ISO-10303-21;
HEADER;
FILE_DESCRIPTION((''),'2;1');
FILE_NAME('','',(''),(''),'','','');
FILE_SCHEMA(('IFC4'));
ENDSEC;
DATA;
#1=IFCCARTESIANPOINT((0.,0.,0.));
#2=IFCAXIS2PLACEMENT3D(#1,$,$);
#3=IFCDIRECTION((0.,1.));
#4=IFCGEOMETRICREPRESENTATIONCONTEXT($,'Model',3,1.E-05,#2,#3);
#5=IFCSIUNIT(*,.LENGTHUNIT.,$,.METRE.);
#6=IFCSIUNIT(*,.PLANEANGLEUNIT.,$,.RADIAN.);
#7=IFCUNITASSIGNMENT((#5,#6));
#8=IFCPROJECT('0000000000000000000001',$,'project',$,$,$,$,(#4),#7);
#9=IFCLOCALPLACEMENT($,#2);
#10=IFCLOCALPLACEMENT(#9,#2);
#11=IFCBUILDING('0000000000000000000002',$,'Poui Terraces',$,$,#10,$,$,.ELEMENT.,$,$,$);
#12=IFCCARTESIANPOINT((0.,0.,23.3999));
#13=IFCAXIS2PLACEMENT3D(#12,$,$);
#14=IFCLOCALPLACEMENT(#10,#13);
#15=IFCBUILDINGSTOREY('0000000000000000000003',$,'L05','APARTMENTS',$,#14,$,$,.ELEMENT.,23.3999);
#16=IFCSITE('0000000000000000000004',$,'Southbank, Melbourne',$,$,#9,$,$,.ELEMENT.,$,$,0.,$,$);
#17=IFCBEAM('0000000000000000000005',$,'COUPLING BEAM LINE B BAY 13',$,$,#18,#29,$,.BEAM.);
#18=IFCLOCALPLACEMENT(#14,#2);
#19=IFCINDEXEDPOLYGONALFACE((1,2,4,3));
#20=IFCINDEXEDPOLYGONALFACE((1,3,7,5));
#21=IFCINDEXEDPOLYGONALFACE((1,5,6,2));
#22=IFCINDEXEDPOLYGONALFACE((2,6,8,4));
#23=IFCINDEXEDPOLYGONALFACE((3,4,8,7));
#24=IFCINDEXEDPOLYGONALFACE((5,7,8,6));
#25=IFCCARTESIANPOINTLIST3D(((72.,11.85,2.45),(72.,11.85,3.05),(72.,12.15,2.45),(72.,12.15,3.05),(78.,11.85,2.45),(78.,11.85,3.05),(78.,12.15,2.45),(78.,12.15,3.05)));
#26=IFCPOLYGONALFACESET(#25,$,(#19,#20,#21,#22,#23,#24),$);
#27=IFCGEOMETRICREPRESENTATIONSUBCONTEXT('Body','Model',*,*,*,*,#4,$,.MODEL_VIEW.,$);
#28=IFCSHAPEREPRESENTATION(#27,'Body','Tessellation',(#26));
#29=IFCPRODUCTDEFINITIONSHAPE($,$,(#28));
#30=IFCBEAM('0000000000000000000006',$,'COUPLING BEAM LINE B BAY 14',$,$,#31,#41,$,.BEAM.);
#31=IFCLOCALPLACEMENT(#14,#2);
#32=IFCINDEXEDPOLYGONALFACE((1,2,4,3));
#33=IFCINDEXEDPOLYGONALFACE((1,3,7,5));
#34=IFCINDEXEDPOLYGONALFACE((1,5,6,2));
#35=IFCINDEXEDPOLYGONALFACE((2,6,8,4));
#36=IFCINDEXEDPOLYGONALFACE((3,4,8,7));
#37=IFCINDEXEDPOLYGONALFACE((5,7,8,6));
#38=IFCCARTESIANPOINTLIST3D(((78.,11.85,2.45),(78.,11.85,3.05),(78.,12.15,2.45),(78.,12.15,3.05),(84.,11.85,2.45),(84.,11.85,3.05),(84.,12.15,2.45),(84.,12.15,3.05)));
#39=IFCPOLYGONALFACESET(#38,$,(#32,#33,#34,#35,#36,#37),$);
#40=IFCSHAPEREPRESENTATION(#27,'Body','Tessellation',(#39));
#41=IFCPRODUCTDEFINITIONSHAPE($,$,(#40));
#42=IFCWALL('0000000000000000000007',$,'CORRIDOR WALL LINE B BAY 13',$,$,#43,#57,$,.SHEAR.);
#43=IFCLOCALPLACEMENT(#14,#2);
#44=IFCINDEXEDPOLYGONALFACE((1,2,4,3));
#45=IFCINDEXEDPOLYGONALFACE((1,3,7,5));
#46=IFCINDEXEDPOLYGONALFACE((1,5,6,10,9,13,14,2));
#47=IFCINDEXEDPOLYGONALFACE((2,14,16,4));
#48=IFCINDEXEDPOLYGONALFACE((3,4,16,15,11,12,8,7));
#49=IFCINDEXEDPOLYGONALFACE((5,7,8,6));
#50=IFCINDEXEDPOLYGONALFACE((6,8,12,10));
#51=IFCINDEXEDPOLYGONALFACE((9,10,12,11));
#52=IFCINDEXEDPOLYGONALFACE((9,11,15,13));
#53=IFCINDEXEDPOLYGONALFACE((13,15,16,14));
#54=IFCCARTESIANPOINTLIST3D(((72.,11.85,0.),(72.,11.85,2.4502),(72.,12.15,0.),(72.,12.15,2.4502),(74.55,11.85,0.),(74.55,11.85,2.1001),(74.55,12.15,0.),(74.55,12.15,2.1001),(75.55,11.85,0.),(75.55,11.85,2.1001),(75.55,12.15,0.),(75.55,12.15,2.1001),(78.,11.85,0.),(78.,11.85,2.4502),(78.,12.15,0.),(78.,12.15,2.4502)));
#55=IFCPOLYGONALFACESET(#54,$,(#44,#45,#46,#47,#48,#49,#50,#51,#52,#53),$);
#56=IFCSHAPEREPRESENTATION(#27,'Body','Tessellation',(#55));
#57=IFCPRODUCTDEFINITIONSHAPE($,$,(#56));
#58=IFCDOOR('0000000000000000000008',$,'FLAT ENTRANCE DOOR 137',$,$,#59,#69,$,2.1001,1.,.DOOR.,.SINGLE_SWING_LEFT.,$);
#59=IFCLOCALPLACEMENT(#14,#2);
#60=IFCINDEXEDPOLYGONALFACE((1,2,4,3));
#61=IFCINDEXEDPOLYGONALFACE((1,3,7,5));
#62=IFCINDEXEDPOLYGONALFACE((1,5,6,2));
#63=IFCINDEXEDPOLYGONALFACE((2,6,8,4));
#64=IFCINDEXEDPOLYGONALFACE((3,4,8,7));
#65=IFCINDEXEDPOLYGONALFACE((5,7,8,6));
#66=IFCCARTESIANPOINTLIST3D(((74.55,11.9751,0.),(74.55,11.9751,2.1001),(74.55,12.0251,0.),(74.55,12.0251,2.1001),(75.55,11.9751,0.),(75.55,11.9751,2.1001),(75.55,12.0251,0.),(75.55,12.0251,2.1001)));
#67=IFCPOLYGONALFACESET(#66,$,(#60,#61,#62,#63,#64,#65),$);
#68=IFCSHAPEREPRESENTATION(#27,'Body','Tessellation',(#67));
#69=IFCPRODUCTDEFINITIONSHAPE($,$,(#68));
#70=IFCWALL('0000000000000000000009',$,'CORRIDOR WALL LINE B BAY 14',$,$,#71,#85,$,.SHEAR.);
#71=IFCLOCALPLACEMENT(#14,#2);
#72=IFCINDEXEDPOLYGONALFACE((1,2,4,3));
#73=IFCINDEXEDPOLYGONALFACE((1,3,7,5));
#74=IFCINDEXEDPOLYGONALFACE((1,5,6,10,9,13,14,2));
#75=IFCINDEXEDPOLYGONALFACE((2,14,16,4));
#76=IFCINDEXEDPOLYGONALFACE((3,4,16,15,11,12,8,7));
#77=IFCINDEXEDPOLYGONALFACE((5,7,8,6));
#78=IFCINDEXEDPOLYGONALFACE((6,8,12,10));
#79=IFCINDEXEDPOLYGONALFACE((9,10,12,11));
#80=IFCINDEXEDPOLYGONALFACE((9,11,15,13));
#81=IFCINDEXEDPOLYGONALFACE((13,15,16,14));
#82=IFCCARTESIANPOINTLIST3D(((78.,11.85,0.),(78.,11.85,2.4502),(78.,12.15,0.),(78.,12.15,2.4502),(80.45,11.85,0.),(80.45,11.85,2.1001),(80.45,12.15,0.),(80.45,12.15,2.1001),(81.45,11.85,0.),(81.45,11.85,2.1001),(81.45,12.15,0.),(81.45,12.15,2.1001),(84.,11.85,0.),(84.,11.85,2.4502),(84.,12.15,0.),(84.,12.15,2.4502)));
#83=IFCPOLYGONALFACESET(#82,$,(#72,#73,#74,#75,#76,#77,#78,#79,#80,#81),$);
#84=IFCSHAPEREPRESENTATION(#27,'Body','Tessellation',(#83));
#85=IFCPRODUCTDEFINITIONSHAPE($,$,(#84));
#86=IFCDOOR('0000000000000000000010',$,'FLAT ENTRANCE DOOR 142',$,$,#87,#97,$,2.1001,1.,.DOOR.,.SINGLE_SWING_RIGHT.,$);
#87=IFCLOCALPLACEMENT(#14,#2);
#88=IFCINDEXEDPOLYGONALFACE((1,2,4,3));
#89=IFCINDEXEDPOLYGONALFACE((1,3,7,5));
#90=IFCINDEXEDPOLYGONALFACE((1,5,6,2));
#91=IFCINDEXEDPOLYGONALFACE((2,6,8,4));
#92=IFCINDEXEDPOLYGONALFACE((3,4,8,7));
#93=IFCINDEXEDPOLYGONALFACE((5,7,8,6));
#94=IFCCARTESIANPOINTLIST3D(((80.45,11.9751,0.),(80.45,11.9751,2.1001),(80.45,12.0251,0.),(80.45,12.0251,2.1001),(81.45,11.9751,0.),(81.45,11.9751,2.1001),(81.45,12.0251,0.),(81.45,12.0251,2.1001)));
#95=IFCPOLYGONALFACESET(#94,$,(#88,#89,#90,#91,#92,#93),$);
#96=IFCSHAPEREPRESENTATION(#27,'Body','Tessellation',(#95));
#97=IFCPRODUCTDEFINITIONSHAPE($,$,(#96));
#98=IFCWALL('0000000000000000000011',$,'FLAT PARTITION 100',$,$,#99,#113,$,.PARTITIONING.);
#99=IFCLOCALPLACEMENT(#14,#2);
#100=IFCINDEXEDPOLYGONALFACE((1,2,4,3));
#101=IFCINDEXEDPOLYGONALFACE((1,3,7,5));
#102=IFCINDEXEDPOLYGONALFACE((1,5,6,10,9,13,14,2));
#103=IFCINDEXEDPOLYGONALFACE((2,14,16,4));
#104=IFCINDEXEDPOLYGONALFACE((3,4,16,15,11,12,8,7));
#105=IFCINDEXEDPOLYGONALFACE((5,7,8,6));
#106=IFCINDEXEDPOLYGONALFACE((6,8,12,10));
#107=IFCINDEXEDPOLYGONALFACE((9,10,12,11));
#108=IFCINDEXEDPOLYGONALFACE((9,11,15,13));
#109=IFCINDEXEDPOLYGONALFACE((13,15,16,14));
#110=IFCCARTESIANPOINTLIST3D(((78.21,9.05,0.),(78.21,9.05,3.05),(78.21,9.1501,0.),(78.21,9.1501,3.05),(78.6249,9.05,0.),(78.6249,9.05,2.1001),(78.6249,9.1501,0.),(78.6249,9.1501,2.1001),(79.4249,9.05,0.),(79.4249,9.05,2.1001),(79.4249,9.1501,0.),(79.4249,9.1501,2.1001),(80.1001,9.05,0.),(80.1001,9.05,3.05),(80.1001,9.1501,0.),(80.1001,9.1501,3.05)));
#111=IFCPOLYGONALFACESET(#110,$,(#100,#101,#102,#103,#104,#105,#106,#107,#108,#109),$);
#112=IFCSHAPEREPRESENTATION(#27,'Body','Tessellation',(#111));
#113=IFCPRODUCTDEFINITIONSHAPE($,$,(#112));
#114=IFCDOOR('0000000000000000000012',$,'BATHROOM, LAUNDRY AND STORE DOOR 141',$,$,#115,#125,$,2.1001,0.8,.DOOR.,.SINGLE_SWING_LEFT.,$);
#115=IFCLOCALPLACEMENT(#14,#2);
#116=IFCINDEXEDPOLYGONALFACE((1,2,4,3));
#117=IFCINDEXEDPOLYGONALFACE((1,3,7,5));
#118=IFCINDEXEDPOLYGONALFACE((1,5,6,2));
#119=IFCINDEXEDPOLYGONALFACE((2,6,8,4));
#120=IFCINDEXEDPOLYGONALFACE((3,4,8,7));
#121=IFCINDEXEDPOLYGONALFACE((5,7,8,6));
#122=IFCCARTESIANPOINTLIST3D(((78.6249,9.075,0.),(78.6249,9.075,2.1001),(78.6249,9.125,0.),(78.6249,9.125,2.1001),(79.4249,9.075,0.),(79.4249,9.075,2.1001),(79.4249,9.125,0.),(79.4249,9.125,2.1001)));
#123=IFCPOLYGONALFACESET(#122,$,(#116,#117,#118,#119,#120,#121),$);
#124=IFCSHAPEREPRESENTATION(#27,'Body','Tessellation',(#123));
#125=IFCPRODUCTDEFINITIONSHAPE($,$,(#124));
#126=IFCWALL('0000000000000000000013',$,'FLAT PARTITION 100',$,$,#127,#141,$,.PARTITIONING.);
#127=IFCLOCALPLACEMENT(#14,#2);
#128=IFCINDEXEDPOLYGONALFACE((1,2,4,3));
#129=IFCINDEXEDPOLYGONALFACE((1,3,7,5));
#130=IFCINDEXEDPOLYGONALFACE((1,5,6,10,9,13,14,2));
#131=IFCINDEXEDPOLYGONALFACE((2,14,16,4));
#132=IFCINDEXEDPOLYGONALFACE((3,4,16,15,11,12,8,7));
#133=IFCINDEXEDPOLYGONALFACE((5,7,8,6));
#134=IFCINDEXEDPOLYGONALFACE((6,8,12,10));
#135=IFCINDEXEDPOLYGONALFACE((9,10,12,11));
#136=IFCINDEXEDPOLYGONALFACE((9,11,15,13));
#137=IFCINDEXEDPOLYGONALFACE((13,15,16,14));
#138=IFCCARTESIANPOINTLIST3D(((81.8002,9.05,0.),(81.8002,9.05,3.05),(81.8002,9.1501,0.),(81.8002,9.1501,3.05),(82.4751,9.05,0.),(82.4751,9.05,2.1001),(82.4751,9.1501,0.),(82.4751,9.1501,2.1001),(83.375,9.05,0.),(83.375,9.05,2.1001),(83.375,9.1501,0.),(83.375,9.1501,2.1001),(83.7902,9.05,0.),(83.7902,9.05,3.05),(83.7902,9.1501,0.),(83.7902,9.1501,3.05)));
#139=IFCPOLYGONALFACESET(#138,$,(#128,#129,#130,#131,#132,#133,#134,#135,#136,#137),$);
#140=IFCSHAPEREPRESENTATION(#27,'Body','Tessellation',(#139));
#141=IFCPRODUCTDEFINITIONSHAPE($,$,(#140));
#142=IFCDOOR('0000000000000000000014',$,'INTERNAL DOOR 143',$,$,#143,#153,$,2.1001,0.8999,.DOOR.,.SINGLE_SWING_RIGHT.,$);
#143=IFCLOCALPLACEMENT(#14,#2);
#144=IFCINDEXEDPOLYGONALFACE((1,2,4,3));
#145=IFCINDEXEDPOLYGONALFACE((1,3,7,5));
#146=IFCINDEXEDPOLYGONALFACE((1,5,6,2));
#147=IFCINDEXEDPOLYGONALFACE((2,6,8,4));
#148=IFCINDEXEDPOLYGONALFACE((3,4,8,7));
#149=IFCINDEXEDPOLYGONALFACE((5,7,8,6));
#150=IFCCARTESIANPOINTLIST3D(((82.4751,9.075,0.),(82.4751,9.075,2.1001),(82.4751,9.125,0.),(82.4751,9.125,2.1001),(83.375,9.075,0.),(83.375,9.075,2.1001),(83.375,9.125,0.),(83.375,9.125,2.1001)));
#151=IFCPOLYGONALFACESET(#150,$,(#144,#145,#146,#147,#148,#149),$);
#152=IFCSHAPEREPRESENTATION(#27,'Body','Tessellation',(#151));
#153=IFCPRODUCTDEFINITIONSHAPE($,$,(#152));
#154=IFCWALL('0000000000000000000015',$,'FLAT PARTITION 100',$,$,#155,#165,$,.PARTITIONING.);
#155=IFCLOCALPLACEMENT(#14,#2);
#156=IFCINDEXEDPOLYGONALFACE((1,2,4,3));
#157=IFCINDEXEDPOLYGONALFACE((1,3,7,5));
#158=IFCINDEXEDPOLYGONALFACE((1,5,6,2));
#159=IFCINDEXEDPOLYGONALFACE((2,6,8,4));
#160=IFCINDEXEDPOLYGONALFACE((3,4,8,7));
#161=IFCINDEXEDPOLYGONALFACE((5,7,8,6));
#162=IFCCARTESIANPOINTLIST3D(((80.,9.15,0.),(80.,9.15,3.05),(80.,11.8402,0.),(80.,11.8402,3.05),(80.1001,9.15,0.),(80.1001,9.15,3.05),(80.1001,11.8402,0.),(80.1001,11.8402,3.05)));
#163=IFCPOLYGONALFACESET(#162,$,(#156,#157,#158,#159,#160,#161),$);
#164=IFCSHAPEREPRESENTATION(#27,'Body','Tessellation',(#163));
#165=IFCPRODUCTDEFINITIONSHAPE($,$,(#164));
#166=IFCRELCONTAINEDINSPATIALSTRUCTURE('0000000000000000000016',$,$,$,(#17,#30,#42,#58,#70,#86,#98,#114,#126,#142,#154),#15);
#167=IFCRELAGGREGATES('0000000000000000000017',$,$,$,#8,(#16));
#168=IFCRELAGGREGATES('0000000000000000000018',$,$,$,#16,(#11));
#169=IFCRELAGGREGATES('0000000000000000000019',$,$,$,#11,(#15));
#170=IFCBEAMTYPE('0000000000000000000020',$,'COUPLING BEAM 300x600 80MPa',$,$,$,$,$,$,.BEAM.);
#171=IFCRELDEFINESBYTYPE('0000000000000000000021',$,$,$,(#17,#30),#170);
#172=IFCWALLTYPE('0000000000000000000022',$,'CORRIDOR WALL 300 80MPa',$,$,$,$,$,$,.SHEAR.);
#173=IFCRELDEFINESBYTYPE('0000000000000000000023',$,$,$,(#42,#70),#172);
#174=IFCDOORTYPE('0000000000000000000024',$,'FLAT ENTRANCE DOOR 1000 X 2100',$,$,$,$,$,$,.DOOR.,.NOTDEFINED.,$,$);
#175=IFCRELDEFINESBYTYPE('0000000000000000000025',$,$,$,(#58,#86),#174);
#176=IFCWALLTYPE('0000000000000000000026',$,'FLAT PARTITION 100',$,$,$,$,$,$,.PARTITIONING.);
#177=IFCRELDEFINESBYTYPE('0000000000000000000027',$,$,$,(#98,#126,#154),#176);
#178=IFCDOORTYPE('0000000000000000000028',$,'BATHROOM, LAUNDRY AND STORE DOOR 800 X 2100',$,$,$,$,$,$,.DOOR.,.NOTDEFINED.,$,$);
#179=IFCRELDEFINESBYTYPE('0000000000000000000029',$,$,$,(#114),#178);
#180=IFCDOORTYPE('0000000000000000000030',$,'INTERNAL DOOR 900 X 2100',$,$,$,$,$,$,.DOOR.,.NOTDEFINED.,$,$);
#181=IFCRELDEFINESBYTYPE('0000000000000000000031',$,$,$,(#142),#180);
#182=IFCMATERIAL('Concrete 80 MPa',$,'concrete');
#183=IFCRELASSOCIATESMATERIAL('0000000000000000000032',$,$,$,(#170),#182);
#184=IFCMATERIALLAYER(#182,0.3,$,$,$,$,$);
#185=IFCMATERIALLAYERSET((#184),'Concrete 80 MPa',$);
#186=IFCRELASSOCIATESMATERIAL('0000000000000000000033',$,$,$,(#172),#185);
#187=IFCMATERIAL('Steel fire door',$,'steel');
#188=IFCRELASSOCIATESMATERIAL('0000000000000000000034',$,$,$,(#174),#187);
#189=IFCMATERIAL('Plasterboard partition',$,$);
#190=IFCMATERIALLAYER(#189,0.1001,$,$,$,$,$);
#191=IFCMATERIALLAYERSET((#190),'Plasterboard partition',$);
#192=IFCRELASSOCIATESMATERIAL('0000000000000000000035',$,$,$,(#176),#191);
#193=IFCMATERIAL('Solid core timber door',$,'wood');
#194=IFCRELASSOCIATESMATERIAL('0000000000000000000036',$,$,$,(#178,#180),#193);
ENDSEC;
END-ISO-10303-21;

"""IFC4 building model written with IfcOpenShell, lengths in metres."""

from ifc_helpers import new_model, si_unit, direction, frame, frame_2d, origin, origin_2d, place, context, subcontext, project, spatial, rectangle, extrude, source, transform, mapped, material, layer, layer_set, material_profile, profile_set, type_object, element, fill, save


model = new_model("IFC4")

# Units and contexts
model_context = context("Model", 3, precision=1e-05, world=origin(), true_north=direction((0.0, 1.0)))
body_context = subcontext(model_context, "Body", "Model", "MODEL_VIEW")
ifc_project = project(units=[si_unit("LENGTHUNIT", "METRE"), si_unit("PLANEANGLEUNIT", "RADIAN")], contexts=[model_context])

# Site, building, storey
site_placement = place(None, origin())
site = spatial("IfcSite", under=ifc_project, at=site_placement, Name="Southbank, Melbourne", CompositionType="ELEMENT", RefElevation=0.0)
building_placement = place(site_placement, origin())
building = spatial("IfcBuilding", under=site, at=building_placement, Name="Poui Terraces", CompositionType="ELEMENT")
storey_placement = place(building_placement, frame((0.0, 0.0, 23.3999)))
storey = spatial("IfcBuildingStorey", under=building, at=storey_placement, Name="L05", Description="APARTMENTS", CompositionType="ELEMENT", Elevation=23.3999)

# Beams
ifc_material_1 = material(Name="Concrete 80 MPa", Category="concrete")
ifc_material_profile = material_profile(ifc_material_1, rectangle(XDim=0.3, YDim=0.6001, at=origin_2d()), Name="RC 300x600")
ifc_profile_set = profile_set([ifc_material_profile], Name="Concrete 80 MPa")
beam_type = type_object("IfcBeamType", Name="COUPLING BEAM 300x600 80MPa", PredefinedType="BEAM", material=ifc_profile_set)
shared_shape = source(origin(), body_context, "Body", "SweptSolid", [
    extrude(rectangle(XDim=0.3, YDim=0.6001, at=origin_2d()), origin(), (0.0, 0.0, 1.0), 6.0),
])
for number, where, z_axis, x_axis, name in (
    (1, (72.0, 12.0, 2.75), (1.0, 0.0, 0.0), (0.0, 1.0, 0.0), "COUPLING BEAM LINE B BAY 13"),
    (2, (78.0, 12.0, 2.75), (1.0, 0.0, 0.0), (0.0, 1.0, 0.0), "COUPLING BEAM LINE B BAY 14"),
):
    element("IfcBeam", number, at=place(storey_placement, frame(where, z_axis=z_axis, x_axis=x_axis)), inside=storey, type_object=beam_type, Name=name, PredefinedType="BEAM", context=body_context, shape_type="MappedRepresentation", body=[
        mapped(shared_shape, transform((0.0, 0.0, 0.0))),
    ])

# Walls, openings, doors
ifc_layer_1 = layer(ifc_material_1, 0.3)
ifc_layer_set_1 = layer_set([ifc_layer_1], Name="Concrete 80 MPa")
wall_type_1 = type_object("IfcWallType", Name="CORRIDOR WALL 300 80MPa", PredefinedType="SHEAR", material=ifc_layer_set_1)
wall_1_placement = place(storey_placement, frame((72.0, 12.0, 0.0), z_axis=(0.0, 0.0, 1.0), x_axis=(1.0, 0.0, 0.0)))
wall_1 = element("IfcWall", 3, at=wall_1_placement, inside=storey, type_object=wall_type_1, Name="CORRIDOR WALL LINE B BAY 13", PredefinedType="SHEAR", context=body_context, shape_type="SweptSolid", body=[
    extrude(rectangle(XDim=6.0, YDim=0.3, at=frame_2d((3.0, 0.0))), origin(), (0.0, 0.0, 1.0), 2.4502),
])
opening_1_placement = place(wall_1_placement, frame((2.55, 0.0, 0.0)))
opening_1 = element("IfcOpeningElement", 4, at=opening_1_placement, cuts=wall_1, PredefinedType="OPENING", context=body_context, shape_type="SweptSolid", body=[
    extrude(rectangle(XDim=1.0, YDim=2.1001, at=frame_2d((0.5, 1.05))), frame((0.0, 0.1602, 0.0), z_axis=(0.0, -1.0, 0.0), x_axis=(1.0, 0.0, 0.0)), (0.0, 0.0, 1.0), 0.3201),
])
ifc_material_2 = material(Name="Steel fire door", Category="steel")
door_type_1 = type_object("IfcDoorType", Name="FLAT ENTRANCE DOOR 1000 X 2100", OperationType="NOTDEFINED", PredefinedType="DOOR", material=ifc_material_2)
door_1_placement = place(opening_1_placement, frame((1.0, 0.0, 0.0), z_axis=(0.0, 0.0, 1.0), x_axis=(-1.0, 0.0, 0.0)))
door_1 = element("IfcDoor", 5, at=door_1_placement, inside=storey, type_object=door_type_1, Name="FLAT ENTRANCE DOOR 137", OperationType="SINGLE_SWING_LEFT", OverallHeight=2.1001, OverallWidth=1.0, PredefinedType="DOOR", context=body_context, shape_type="SweptSolid", body=[
    extrude(rectangle(XDim=1.0, YDim=2.1001, at=frame_2d((0.5, 1.05))), frame((0.0, 0.0249, 0.0), z_axis=(0.0, -1.0, 0.0), x_axis=(1.0, 0.0, 0.0)), (0.0, 0.0, 1.0), 0.05),
])
fill(opening_1, door_1)
wall_2_placement = place(storey_placement, frame((78.0, 12.0, 0.0), z_axis=(0.0, 0.0, 1.0), x_axis=(1.0, 0.0, 0.0)))
wall_2 = element("IfcWall", 6, at=wall_2_placement, inside=storey, type_object=wall_type_1, Name="CORRIDOR WALL LINE B BAY 14", PredefinedType="SHEAR", context=body_context, shape_type="SweptSolid", body=[
    extrude(rectangle(XDim=6.0, YDim=0.3, at=frame_2d((3.0, 0.0))), origin(), (0.0, 0.0, 1.0), 2.4502),
])
opening_2_placement = place(wall_2_placement, frame((2.45, 0.0, 0.0)))
opening_2 = element("IfcOpeningElement", 7, at=opening_2_placement, cuts=wall_2, PredefinedType="OPENING", context=body_context, shape_type="SweptSolid", body=[
    extrude(rectangle(XDim=1.0, YDim=2.1001, at=frame_2d((0.5, 1.05))), frame((0.0, 0.1602, 0.0), z_axis=(0.0, -1.0, 0.0), x_axis=(1.0, 0.0, 0.0)), (0.0, 0.0, 1.0), 0.3201),
])
door_2_placement = place(opening_2_placement, frame((1.0, 0.0, 0.0), z_axis=(0.0, 0.0, 1.0), x_axis=(-1.0, 0.0, 0.0)))
door_2 = element("IfcDoor", 8, at=door_2_placement, inside=storey, type_object=door_type_1, Name="FLAT ENTRANCE DOOR 142", OperationType="SINGLE_SWING_RIGHT", OverallHeight=2.1001, OverallWidth=1.0, PredefinedType="DOOR", context=body_context, shape_type="SweptSolid", body=[
    extrude(rectangle(XDim=1.0, YDim=2.1001, at=frame_2d((0.5, 1.05))), frame((0.0, 0.0249, 0.0), z_axis=(0.0, -1.0, 0.0), x_axis=(1.0, 0.0, 0.0)), (0.0, 0.0, 1.0), 0.05),
])
fill(opening_2, door_2)
ifc_material_3 = material(Name="Plasterboard partition")
ifc_layer_2 = layer(ifc_material_3, 0.1001)
ifc_layer_set_2 = layer_set([ifc_layer_2], Name="Plasterboard partition")
wall_type_2 = type_object("IfcWallType", Name="FLAT PARTITION 100", PredefinedType="PARTITIONING", material=ifc_layer_set_2)
wall_3_placement = place(storey_placement, frame((78.21, 9.1001, 0.0), z_axis=(0.0, 0.0, 1.0), x_axis=(1.0, 0.0, 0.0)))
wall_3 = element("IfcWall", 9, at=wall_3_placement, inside=storey, type_object=wall_type_2, Name="FLAT PARTITION 100", PredefinedType="PARTITIONING", context=body_context, shape_type="SweptSolid", body=[
    extrude(rectangle(XDim=1.8901, YDim=0.1001, at=frame_2d((0.9451, 0.0))), origin(), (0.0, 0.0, 1.0), 3.05),
])
opening_3_placement = place(wall_3_placement, frame((0.415, 0.0, 0.0)))
opening_3 = element("IfcOpeningElement", 10, at=opening_3_placement, cuts=wall_3, PredefinedType="OPENING", context=body_context, shape_type="SweptSolid", body=[
    extrude(rectangle(XDim=0.8, YDim=2.1001, at=frame_2d((0.3999, 1.05))), frame((0.0, 0.0601, 0.0), z_axis=(0.0, -1.0, 0.0), x_axis=(1.0, 0.0, 0.0)), (0.0, 0.0, 1.0), 0.1201),
])
ifc_material_4 = material(Name="Solid core timber door", Category="wood")
door_type_2 = type_object("IfcDoorType", Name="BATHROOM, LAUNDRY AND STORE DOOR 800 X 2100", OperationType="NOTDEFINED", PredefinedType="DOOR", material=ifc_material_4)
door_3_placement = place(opening_3_placement, origin())
door_3 = element("IfcDoor", 11, at=door_3_placement, inside=storey, type_object=door_type_2, Name="BATHROOM, LAUNDRY AND STORE DOOR 141", OperationType="SINGLE_SWING_LEFT", OverallHeight=2.1001, OverallWidth=0.8, PredefinedType="DOOR", context=body_context, shape_type="SweptSolid", body=[
    extrude(rectangle(XDim=0.8, YDim=2.1001, at=frame_2d((0.3999, 1.05))), frame((0.0, 0.0249, 0.0), z_axis=(0.0, -1.0, 0.0), x_axis=(1.0, 0.0, 0.0)), (0.0, 0.0, 1.0), 0.05),
])
fill(opening_3, door_3)
wall_4_placement = place(storey_placement, frame((81.8, 9.1001, 0.0), z_axis=(0.0, 0.0, 1.0), x_axis=(1.0, 0.0, 0.0)))
wall_4 = element("IfcWall", 12, at=wall_4_placement, inside=storey, type_object=wall_type_2, Name="FLAT PARTITION 100", PredefinedType="PARTITIONING", context=body_context, shape_type="SweptSolid", body=[
    extrude(rectangle(XDim=1.99, YDim=0.1001, at=frame_2d((0.9951, 0.0))), origin(), (0.0, 0.0, 1.0), 3.05),
])
opening_4_placement = place(wall_4_placement, frame((0.675, 0.0, 0.0)))
opening_4 = element("IfcOpeningElement", 13, at=opening_4_placement, cuts=wall_4, PredefinedType="OPENING", context=body_context, shape_type="SweptSolid", body=[
    extrude(rectangle(XDim=0.8999, YDim=2.1001, at=frame_2d((0.45, 1.05))), frame((0.0, 0.0601, 0.0), z_axis=(0.0, -1.0, 0.0), x_axis=(1.0, 0.0, 0.0)), (0.0, 0.0, 1.0), 0.1201),
])
door_type_3 = type_object("IfcDoorType", Name="INTERNAL DOOR 900 X 2100", OperationType="NOTDEFINED", PredefinedType="DOOR", material=ifc_material_4)
door_4_placement = place(opening_4_placement, origin())
door_4 = element("IfcDoor", 14, at=door_4_placement, inside=storey, type_object=door_type_3, Name="INTERNAL DOOR 143", OperationType="SINGLE_SWING_RIGHT", OverallHeight=2.1001, OverallWidth=0.8999, PredefinedType="DOOR", context=body_context, shape_type="SweptSolid", body=[
    extrude(rectangle(XDim=0.8999, YDim=2.1001, at=frame_2d((0.45, 1.05))), frame((0.0, 0.0249, 0.0), z_axis=(0.0, -1.0, 0.0), x_axis=(1.0, 0.0, 0.0)), (0.0, 0.0, 1.0), 0.05),
])
fill(opening_4, door_4)

# Wall
wall_5_placement = place(storey_placement, frame((80.05, 9.1499, 0.0), z_axis=(0.0, 0.0, 1.0), x_axis=(0.0, 1.0, 0.0)))
element("IfcWall", 15, at=wall_5_placement, inside=storey, type_object=wall_type_2, Name="FLAT PARTITION 100", PredefinedType="PARTITIONING", context=body_context, shape_type="SweptSolid", body=[
    extrude(rectangle(XDim=2.6902, YDim=0.1001, at=frame_2d((1.3452, 0.0))), origin(), (0.0, 0.0, 1.0), 3.05),
])

save(model, "model.ifc")
